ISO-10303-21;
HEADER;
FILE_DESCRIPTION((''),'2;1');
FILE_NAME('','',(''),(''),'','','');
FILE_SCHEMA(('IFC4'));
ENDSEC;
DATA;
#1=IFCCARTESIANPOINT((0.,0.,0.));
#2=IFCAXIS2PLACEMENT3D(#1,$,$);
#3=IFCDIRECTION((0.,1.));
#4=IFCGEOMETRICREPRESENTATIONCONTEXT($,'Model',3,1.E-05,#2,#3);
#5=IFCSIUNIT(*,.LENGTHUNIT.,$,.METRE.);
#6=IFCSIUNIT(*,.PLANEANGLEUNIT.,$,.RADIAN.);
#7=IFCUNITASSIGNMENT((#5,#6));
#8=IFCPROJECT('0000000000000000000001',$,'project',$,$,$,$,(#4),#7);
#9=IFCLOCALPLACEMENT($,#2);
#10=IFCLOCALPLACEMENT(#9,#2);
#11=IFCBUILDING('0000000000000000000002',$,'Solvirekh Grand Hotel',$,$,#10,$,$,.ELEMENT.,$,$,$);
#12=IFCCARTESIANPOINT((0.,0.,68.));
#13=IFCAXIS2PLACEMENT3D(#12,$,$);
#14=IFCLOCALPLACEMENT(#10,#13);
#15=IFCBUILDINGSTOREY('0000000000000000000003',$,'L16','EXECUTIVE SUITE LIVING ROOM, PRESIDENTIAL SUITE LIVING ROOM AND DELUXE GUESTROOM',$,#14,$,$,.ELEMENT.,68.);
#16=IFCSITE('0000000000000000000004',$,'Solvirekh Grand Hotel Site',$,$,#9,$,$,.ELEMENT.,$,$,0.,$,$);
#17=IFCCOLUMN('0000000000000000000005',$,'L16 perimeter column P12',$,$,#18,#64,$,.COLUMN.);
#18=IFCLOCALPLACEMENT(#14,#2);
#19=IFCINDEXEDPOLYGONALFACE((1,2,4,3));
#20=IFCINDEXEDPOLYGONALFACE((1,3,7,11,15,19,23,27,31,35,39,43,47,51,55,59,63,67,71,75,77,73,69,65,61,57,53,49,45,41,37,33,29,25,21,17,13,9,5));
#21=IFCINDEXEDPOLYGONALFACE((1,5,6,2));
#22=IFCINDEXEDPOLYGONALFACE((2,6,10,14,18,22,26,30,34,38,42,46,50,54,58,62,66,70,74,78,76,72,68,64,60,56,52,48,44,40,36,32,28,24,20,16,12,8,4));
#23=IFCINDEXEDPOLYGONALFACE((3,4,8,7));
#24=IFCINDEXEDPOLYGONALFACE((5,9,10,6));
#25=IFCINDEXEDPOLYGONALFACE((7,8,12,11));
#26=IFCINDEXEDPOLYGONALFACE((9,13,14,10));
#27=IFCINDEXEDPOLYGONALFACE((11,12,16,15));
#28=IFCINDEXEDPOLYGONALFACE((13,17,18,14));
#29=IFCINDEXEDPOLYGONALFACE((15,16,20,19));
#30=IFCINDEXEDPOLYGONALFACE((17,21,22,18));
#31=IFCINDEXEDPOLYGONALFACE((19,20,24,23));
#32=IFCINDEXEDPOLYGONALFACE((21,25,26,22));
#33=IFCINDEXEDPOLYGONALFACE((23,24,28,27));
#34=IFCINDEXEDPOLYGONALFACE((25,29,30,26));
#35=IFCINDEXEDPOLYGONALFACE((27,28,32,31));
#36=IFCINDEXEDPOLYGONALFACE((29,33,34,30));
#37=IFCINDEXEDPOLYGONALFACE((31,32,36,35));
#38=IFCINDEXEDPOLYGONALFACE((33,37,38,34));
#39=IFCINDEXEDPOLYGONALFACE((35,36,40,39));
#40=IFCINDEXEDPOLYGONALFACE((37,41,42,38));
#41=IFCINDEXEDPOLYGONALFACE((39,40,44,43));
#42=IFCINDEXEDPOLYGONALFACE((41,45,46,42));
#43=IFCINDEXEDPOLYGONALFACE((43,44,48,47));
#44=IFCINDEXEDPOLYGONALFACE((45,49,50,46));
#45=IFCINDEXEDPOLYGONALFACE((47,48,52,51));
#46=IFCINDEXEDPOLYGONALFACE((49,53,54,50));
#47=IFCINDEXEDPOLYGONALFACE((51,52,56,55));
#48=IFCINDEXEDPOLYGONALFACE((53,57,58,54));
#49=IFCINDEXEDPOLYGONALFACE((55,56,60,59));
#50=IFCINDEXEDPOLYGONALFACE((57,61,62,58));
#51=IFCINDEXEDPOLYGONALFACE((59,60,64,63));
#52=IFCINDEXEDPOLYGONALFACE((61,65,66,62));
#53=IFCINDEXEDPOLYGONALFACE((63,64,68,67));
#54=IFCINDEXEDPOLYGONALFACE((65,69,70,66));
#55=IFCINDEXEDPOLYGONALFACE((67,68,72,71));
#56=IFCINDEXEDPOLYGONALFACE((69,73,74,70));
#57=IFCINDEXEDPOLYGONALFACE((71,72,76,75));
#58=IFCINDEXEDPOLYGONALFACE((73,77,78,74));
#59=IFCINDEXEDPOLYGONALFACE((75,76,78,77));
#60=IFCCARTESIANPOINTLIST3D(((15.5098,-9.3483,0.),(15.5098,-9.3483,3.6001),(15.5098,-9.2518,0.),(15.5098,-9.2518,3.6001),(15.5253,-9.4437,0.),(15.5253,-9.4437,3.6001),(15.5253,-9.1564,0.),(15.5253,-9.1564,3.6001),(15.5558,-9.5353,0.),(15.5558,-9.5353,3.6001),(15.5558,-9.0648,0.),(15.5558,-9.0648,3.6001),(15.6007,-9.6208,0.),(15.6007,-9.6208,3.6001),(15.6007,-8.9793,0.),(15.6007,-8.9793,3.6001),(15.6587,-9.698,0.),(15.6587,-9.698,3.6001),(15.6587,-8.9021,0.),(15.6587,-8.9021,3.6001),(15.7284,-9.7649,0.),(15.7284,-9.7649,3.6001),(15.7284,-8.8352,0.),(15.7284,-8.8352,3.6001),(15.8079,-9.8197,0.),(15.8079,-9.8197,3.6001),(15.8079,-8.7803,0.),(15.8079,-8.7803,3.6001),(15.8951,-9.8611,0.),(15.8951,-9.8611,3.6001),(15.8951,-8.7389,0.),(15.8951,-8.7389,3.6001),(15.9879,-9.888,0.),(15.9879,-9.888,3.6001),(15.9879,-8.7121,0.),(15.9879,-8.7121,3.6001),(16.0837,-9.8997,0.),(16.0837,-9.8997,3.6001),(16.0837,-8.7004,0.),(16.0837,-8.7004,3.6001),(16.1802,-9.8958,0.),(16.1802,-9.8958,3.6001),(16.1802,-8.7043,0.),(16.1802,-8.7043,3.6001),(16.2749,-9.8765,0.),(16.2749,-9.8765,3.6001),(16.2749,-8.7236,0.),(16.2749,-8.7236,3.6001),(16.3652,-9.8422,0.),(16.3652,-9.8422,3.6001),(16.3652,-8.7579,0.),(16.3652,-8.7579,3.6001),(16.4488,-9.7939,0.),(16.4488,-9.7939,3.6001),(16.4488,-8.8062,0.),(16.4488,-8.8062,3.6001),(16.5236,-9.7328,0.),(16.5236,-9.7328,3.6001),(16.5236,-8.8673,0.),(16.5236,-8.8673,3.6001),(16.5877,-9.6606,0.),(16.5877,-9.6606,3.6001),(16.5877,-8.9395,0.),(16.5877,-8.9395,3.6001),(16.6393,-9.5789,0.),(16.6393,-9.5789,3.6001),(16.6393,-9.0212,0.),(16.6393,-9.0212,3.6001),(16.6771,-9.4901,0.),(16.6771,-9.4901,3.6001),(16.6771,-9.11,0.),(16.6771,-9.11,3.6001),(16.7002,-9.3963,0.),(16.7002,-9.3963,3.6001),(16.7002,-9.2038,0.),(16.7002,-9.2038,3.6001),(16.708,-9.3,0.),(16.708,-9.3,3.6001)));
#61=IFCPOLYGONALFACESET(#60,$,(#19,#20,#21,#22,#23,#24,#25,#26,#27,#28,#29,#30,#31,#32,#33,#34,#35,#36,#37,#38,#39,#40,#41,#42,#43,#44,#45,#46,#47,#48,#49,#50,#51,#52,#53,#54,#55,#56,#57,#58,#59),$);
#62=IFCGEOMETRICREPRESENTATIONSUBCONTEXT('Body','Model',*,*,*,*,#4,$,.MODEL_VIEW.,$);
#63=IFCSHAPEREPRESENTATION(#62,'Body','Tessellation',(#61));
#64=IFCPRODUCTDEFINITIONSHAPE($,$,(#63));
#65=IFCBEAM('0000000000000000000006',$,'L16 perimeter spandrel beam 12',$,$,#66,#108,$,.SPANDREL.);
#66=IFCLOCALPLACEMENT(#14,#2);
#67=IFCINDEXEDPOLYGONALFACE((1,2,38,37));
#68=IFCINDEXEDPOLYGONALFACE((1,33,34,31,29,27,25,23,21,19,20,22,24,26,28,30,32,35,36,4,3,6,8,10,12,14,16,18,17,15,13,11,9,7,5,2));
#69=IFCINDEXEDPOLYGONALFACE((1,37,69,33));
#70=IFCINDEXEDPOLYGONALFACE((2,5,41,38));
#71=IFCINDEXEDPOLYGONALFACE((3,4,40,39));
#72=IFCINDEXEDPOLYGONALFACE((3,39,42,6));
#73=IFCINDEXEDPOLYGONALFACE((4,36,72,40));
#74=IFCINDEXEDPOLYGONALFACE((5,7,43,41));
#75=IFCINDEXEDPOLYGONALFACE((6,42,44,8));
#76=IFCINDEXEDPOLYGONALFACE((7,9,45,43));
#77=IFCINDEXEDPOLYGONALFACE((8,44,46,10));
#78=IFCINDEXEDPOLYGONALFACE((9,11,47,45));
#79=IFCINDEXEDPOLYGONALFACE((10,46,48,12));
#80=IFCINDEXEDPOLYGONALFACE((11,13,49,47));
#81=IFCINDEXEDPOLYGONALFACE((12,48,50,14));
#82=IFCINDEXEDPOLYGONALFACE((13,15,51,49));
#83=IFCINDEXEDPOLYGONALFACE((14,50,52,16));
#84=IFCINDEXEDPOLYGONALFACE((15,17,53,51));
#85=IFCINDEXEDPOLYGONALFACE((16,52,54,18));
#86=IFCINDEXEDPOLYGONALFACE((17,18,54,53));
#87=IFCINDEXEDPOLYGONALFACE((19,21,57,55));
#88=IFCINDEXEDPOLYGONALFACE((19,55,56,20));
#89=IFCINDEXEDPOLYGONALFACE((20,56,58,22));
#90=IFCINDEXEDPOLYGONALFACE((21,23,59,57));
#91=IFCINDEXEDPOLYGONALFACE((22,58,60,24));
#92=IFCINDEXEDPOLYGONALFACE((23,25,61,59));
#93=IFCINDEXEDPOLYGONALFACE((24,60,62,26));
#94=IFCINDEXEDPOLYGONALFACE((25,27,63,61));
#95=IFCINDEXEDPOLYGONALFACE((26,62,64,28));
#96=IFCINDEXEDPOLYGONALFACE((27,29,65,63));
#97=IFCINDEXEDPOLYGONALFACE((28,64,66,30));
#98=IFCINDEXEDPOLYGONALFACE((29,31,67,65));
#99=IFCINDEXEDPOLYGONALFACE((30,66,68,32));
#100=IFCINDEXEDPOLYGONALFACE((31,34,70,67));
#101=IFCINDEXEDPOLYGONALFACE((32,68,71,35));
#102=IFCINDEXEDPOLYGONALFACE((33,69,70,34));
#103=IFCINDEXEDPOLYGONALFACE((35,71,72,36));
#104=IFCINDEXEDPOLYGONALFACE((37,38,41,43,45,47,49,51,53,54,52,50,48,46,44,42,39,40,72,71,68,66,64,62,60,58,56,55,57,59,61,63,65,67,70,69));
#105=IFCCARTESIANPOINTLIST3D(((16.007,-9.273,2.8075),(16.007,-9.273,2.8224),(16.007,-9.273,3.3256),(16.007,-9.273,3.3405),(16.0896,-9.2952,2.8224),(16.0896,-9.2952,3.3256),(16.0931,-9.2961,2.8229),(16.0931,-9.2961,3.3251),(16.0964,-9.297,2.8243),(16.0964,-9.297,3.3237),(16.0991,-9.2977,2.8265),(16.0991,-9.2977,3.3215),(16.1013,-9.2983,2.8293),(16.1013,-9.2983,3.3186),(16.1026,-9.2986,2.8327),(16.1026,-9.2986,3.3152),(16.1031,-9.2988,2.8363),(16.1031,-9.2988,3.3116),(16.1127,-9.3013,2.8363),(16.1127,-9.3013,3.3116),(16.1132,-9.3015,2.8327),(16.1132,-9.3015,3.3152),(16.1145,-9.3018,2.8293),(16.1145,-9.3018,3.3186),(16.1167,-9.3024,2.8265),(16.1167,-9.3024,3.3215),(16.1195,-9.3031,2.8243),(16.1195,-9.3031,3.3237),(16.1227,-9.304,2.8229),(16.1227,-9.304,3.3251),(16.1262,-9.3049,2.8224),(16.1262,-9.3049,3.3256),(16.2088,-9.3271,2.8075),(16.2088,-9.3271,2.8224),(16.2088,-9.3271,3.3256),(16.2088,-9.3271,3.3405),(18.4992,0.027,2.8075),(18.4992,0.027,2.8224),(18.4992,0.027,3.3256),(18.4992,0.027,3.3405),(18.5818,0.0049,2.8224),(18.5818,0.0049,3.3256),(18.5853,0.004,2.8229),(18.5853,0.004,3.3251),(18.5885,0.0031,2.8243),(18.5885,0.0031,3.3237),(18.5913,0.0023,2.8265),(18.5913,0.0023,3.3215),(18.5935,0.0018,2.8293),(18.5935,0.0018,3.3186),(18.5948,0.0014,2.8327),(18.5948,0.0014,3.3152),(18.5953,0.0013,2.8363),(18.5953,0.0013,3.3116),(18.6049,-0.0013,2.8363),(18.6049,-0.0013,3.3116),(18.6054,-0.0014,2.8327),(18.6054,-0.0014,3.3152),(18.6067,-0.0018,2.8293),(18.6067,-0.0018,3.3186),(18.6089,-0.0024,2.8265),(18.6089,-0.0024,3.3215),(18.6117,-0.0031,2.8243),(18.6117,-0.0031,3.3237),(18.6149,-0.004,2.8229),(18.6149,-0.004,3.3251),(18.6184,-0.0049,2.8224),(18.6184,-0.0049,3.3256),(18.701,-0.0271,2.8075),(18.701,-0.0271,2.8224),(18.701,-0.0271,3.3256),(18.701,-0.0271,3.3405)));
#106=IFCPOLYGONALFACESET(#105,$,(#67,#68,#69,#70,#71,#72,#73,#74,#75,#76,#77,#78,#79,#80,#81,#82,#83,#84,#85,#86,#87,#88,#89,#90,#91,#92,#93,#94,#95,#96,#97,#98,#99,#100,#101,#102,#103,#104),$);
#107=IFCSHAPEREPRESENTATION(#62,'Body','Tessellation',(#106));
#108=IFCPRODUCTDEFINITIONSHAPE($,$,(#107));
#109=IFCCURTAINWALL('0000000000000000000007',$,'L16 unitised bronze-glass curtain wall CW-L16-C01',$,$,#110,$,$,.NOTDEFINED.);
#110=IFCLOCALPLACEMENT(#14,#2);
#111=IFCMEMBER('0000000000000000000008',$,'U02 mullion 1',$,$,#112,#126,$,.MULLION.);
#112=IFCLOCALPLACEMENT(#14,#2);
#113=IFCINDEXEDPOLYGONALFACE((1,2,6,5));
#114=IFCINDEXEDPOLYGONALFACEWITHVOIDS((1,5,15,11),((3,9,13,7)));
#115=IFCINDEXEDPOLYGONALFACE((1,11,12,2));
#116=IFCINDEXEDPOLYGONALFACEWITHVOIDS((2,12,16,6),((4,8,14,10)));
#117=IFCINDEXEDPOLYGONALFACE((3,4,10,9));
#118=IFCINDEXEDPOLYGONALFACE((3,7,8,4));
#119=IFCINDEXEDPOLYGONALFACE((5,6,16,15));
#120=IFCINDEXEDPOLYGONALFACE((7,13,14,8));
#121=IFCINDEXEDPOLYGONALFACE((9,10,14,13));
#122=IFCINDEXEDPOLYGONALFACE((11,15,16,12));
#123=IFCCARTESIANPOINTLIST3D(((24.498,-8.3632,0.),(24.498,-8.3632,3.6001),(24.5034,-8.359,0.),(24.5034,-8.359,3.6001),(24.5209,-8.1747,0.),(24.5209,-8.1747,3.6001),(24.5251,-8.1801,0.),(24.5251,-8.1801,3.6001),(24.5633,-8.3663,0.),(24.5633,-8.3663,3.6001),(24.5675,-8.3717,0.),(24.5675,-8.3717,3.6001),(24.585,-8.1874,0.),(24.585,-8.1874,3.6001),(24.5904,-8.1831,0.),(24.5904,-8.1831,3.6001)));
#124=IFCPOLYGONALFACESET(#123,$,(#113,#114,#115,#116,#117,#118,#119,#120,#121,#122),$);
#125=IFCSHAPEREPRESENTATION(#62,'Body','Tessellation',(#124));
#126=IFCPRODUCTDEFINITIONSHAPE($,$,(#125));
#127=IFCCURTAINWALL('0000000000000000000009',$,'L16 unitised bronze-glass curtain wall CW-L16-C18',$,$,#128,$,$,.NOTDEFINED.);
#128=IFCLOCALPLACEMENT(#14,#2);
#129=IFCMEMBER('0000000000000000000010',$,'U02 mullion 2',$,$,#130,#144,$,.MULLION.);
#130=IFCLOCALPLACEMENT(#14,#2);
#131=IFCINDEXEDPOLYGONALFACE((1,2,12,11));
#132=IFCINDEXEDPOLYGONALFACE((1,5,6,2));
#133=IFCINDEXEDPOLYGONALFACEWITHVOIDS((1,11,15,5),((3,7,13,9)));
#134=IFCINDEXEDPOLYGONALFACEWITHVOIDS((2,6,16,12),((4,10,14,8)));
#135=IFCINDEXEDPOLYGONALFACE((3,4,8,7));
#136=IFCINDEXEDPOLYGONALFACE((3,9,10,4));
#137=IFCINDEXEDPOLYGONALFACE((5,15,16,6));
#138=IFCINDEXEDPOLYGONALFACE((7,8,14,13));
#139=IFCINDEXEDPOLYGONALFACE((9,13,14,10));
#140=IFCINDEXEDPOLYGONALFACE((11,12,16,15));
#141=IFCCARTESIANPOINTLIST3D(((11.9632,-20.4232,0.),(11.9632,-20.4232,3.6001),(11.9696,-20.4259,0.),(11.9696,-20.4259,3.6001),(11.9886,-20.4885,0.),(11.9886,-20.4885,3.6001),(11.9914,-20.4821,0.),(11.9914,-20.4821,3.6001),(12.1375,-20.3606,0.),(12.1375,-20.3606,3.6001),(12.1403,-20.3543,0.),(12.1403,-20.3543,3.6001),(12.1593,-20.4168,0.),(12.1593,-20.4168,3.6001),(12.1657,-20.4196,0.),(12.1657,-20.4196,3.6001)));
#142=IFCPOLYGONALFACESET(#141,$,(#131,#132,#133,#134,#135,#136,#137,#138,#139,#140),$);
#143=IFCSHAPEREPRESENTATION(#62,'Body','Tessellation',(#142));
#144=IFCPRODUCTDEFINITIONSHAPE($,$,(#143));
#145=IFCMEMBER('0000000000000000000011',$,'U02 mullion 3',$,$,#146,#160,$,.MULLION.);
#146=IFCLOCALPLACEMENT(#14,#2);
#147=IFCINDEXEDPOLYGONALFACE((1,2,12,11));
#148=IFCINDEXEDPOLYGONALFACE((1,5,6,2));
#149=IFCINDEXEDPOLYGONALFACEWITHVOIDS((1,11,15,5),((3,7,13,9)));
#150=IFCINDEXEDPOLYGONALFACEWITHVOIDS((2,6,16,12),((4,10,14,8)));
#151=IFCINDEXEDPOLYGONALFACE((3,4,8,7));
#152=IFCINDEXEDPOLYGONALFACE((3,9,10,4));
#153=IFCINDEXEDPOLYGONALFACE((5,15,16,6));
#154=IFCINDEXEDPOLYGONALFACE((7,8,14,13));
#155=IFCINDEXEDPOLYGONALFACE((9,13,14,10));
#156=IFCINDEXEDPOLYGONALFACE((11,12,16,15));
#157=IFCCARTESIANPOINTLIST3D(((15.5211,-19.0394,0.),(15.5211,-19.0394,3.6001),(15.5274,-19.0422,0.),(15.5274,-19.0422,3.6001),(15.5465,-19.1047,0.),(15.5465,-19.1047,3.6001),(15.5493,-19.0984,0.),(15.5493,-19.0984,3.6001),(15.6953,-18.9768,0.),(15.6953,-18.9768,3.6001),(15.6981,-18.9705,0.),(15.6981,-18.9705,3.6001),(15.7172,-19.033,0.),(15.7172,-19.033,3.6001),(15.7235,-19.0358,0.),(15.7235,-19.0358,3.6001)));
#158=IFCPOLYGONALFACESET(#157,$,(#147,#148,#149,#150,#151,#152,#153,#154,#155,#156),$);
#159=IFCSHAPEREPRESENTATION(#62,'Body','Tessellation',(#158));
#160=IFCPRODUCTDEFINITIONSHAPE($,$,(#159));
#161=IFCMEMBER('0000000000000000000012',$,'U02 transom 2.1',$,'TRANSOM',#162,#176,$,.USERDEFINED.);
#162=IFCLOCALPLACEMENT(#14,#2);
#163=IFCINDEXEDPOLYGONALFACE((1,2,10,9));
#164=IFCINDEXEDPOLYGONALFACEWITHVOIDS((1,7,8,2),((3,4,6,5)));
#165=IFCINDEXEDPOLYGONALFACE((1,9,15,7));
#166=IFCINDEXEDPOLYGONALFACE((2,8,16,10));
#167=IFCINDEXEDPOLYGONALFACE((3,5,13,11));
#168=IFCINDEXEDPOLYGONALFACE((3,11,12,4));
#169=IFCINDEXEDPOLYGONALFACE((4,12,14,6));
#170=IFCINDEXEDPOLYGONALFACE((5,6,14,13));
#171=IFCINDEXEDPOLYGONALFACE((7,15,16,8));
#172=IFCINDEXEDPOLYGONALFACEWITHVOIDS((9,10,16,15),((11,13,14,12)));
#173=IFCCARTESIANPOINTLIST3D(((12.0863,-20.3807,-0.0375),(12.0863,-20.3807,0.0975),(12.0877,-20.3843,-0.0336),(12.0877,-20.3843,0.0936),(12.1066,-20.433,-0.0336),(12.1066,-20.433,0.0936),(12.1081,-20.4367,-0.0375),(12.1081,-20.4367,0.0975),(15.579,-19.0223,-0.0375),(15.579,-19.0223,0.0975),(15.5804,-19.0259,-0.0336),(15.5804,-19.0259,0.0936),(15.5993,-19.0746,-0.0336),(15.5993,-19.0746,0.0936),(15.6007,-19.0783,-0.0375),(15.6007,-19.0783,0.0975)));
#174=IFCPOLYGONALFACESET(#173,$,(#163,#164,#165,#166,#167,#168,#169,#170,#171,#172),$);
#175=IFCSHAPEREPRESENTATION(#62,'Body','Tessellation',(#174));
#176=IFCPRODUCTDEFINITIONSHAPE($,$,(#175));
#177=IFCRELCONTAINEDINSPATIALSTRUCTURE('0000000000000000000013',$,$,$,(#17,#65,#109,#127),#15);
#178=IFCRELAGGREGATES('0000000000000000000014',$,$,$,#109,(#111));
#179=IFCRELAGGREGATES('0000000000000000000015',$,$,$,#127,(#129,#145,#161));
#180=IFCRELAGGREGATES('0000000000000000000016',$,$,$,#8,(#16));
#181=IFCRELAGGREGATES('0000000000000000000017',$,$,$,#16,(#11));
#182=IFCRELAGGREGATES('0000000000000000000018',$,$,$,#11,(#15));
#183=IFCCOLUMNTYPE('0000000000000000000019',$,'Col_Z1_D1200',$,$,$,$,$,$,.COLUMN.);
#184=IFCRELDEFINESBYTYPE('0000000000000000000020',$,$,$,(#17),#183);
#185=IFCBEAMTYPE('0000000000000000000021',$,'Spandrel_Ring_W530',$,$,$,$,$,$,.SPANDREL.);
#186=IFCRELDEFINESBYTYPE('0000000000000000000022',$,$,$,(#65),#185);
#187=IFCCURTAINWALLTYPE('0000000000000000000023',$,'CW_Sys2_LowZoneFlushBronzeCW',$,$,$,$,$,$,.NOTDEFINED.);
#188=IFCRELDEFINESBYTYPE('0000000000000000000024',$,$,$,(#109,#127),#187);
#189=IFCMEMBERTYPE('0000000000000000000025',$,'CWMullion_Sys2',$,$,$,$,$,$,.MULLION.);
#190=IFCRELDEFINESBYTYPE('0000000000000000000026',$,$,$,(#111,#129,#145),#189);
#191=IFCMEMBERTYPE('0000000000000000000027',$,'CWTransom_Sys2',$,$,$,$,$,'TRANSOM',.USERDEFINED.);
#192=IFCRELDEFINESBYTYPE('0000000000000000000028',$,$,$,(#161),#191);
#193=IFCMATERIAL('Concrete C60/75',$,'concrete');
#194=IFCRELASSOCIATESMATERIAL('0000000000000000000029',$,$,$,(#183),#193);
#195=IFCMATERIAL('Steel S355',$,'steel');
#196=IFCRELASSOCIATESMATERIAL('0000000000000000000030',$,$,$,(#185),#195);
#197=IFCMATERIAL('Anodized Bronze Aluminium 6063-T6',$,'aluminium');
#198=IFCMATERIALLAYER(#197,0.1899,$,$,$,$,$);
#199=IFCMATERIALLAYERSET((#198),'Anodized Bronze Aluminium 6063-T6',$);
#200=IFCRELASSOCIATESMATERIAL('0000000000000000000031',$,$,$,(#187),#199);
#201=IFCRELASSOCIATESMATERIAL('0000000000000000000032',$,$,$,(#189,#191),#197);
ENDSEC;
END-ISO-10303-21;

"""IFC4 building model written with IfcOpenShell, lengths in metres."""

from ifc_helpers import new_model, si_unit, direction, frame, origin, origin_2d, place, context, subcontext, project, spatial, hollow_rectangle, circle, i_section, extrude, source, transform, mapped, material, layer, layer_set, material_profile, profile_set, type_object, element, aggregate, save


model = new_model("IFC4")

# Units and contexts
model_context = context("Model", 3, precision=1e-05, world=origin(), true_north=direction((0.0, 1.0)))
body_context = subcontext(model_context, "Body", "Model", "MODEL_VIEW")
ifc_project = project(units=[si_unit("LENGTHUNIT", "METRE"), si_unit("PLANEANGLEUNIT", "RADIAN")], contexts=[model_context])

# Site, building, storey
site_placement = place(None, origin())
site = spatial("IfcSite", under=ifc_project, at=site_placement, Name="Solvirekh Grand Hotel Site", CompositionType="ELEMENT", RefElevation=0.0)
building_placement = place(site_placement, origin())
building = spatial("IfcBuilding", under=site, at=building_placement, Name="Solvirekh Grand Hotel", CompositionType="ELEMENT")
storey_placement = place(building_placement, frame((0.0, 0.0, 68.0)))
storey = spatial("IfcBuildingStorey", under=building, at=storey_placement, Name="L16", Description="EXECUTIVE SUITE LIVING ROOM, PRESIDENTIAL SUITE LIVING ROOM AND DELUXE GUESTROOM", CompositionType="ELEMENT", Elevation=68.0)

# Column
ifc_material_1 = material(Name="Concrete C60/75", Category="concrete")
ifc_material_profile_1 = material_profile(ifc_material_1, circle(Radius=0.6001, at=origin_2d()), Name="RC CIRC D1200")
ifc_profile_set_1 = profile_set([ifc_material_profile_1], Name="Concrete C60/75")
column_type = type_object("IfcColumnType", Name="Col_Z1_D1200", PredefinedType="COLUMN", material=ifc_profile_set_1)
column_placement = place(storey_placement, frame((16.1079, -9.3, 0.0), z_axis=(0.0, 0.0, 1.0), x_axis=(1.0, 0.0, 0.0)))
element("IfcColumn", 1, at=column_placement, inside=storey, type_object=column_type, Name="L16 perimeter column P12", PredefinedType="COLUMN", context=body_context, shape_type="SweptSolid", body=[
    extrude(circle(Radius=0.6001, at=origin_2d()), origin(), (0.0, 0.0, 1.0), 3.6001),
])

# Beam
ifc_material_2 = material(Name="Steel S355", Category="steel")
ifc_material_profile_2 = material_profile(ifc_material_2, i_section(OverallWidth=0.209, OverallDepth=0.533, WebThickness=0.01, FlangeThickness=0.0149, FilletRadius=0.0139, at=origin_2d()), Name="W530X92")
ifc_profile_set_2 = profile_set([ifc_material_profile_2], Name="Steel S355")
beam_type = type_object("IfcBeamType", Name="Spandrel_Ring_W530", PredefinedType="SPANDREL", material=ifc_profile_set_2)
beam_placement = place(storey_placement, frame((16.1079, -9.3, 3.074), z_axis=(0.258843, 0.965919, 0.0), x_axis=(-0.965919, 0.258843, 0.0)))
element("IfcBeam", 2, at=beam_placement, inside=storey, type_object=beam_type, Name="L16 perimeter spandrel beam 12", PredefinedType="SPANDREL", context=body_context, shape_type="SweptSolid", body=[
    extrude(i_section(OverallWidth=0.209, OverallDepth=0.533, WebThickness=0.01, FlangeThickness=0.0149, FilletRadius=0.0139, at=origin_2d()), origin(), (0.0, 0.0, 1.0), 9.6282),
])

# Curtain wall, member
ifc_material_3 = material(Name="Anodized Bronze Aluminium 6063-T6", Category="aluminium")
ifc_layer_1 = layer(ifc_material_3, 0.1899)
ifc_layer_set_1 = layer_set([ifc_layer_1], Name="Anodized Bronze Aluminium 6063-T6")
curtain_wall_type = type_object("IfcCurtainWallType", Name="CW_Sys2_LowZoneFlushBronzeCW", PredefinedType="NOTDEFINED", material=ifc_layer_set_1)
curtain_wall_1_placement = place(storey_placement, origin())
curtain_wall_1 = element("IfcCurtainWall", 3, at=curtain_wall_1_placement, inside=storey, type_object=curtain_wall_type, Name="L16 unitised bronze-glass curtain wall CW-L16-C01", PredefinedType="NOTDEFINED")
ifc_material_profile_3 = material_profile(ifc_material_3, hollow_rectangle(XDim=0.0701, YDim=0.1899, WallThickness=0.0049, at=origin_2d()), Name="ALU RHS 190X70X5")
ifc_profile_set_3 = profile_set([ifc_material_profile_3], Name="Anodized Bronze Aluminium 6063-T6")
member_type_1 = type_object("IfcMemberType", Name="CWMullion_Sys2", PredefinedType="MULLION", material=ifc_profile_set_3)
shared_shape_1 = source(origin(), body_context, "Body", "SweptSolid", [
    extrude(hollow_rectangle(XDim=0.0701, YDim=0.1899, WallThickness=0.0049, at=origin_2d()), origin(), (0.0, 0.0, 1.0), 3.6001),
])
member_1_placement = place(storey_placement, frame((24.5442, -8.2732, 0.0), z_axis=(0.0, 0.0, 1.0), x_axis=(-0.992707, 0.120551, 0.0)))
member_1 = element("IfcMember", 4, at=member_1_placement, type_object=member_type_1, Name="U02 mullion 1", PredefinedType="MULLION", context=body_context, shape_type="MappedRepresentation", body=[
    mapped(shared_shape_1, transform((0.0, 0.0, 0.0), x_axis=(1.0, 0.0, 0.0), y_axis=(0.0, 1.0, 0.0), z_axis=(0.0, 0.0, 1.0), scale=1.0)),
])
aggregate(curtain_wall_1, [member_1])

# Curtain wall, members
curtain_wall_2_placement = place(storey_placement, origin())
curtain_wall_2 = element("IfcCurtainWall", 5, at=curtain_wall_2_placement, inside=storey, type_object=curtain_wall_type, Name="L16 unitised bronze-glass curtain wall CW-L16-C18", PredefinedType="NOTDEFINED")
member_2_placement = place(storey_placement, frame((12.0645, -20.4214, 0.0), z_axis=(0.0, 0.0, 1.0), x_axis=(-0.36249, 0.931988, 0.0)))
member_2 = element("IfcMember", 6, at=member_2_placement, type_object=member_type_1, Name="U02 mullion 2", PredefinedType="MULLION", context=body_context, shape_type="MappedRepresentation", body=[
    mapped(shared_shape_1, transform((0.0, 0.0, 0.0), x_axis=(1.0, 0.0, 0.0), y_axis=(0.0, 1.0, 0.0), z_axis=(0.0, 0.0, 1.0), scale=1.0)),
])
member_3_placement = place(storey_placement, frame((15.6223, -19.0376, 0.0), z_axis=(0.0, 0.0, 1.0), x_axis=(-0.36249, 0.931988, 0.0)))
member_3 = element("IfcMember", 7, at=member_3_placement, type_object=member_type_1, Name="U02 mullion 3", PredefinedType="MULLION", context=body_context, shape_type="MappedRepresentation", body=[
    mapped(shared_shape_1, transform((0.0, 0.0, 0.0), x_axis=(1.0, 0.0, 0.0), y_axis=(0.0, 1.0, 0.0), z_axis=(0.0, 0.0, 1.0), scale=1.0)),
])
ifc_material_profile_4 = material_profile(ifc_material_3, hollow_rectangle(XDim=0.0601, YDim=0.135, WallThickness=0.0039, at=origin_2d()), Name="ALU RHS 135X60X4")
ifc_profile_set_4 = profile_set([ifc_material_profile_4], Name="Anodized Bronze Aluminium 6063-T6")
member_type_2 = type_object("IfcMemberType", Name="CWTransom_Sys2", ElementType="TRANSOM", PredefinedType="USERDEFINED", material=ifc_profile_set_4)
shared_shape_2 = source(origin(), body_context, "Body", "SweptSolid", [
    extrude(hollow_rectangle(XDim=0.0601, YDim=0.135, WallThickness=0.0039, at=origin_2d()), origin(), (0.0, 0.0, 1.0), 3.7476),
])
member_4_placement = place(storey_placement, frame((12.0972, -20.4087, 0.03), z_axis=(0.931992, 0.362478, 0.0), x_axis=(-0.362478, 0.931992, 0.0)))
member_4 = element("IfcMember", 8, at=member_4_placement, type_object=member_type_2, Name="U02 transom 2.1", ObjectType="TRANSOM", PredefinedType="USERDEFINED", context=body_context, shape_type="MappedRepresentation", body=[
    mapped(shared_shape_2, transform((0.0, 0.0, 0.0), x_axis=(1.0, 0.0, 0.0), y_axis=(0.0, 1.0, 0.0), z_axis=(0.0, 0.0, 1.0), scale=1.0)),
])
aggregate(curtain_wall_2, [member_2, member_3, member_4])

save(model, "model.ifc")
